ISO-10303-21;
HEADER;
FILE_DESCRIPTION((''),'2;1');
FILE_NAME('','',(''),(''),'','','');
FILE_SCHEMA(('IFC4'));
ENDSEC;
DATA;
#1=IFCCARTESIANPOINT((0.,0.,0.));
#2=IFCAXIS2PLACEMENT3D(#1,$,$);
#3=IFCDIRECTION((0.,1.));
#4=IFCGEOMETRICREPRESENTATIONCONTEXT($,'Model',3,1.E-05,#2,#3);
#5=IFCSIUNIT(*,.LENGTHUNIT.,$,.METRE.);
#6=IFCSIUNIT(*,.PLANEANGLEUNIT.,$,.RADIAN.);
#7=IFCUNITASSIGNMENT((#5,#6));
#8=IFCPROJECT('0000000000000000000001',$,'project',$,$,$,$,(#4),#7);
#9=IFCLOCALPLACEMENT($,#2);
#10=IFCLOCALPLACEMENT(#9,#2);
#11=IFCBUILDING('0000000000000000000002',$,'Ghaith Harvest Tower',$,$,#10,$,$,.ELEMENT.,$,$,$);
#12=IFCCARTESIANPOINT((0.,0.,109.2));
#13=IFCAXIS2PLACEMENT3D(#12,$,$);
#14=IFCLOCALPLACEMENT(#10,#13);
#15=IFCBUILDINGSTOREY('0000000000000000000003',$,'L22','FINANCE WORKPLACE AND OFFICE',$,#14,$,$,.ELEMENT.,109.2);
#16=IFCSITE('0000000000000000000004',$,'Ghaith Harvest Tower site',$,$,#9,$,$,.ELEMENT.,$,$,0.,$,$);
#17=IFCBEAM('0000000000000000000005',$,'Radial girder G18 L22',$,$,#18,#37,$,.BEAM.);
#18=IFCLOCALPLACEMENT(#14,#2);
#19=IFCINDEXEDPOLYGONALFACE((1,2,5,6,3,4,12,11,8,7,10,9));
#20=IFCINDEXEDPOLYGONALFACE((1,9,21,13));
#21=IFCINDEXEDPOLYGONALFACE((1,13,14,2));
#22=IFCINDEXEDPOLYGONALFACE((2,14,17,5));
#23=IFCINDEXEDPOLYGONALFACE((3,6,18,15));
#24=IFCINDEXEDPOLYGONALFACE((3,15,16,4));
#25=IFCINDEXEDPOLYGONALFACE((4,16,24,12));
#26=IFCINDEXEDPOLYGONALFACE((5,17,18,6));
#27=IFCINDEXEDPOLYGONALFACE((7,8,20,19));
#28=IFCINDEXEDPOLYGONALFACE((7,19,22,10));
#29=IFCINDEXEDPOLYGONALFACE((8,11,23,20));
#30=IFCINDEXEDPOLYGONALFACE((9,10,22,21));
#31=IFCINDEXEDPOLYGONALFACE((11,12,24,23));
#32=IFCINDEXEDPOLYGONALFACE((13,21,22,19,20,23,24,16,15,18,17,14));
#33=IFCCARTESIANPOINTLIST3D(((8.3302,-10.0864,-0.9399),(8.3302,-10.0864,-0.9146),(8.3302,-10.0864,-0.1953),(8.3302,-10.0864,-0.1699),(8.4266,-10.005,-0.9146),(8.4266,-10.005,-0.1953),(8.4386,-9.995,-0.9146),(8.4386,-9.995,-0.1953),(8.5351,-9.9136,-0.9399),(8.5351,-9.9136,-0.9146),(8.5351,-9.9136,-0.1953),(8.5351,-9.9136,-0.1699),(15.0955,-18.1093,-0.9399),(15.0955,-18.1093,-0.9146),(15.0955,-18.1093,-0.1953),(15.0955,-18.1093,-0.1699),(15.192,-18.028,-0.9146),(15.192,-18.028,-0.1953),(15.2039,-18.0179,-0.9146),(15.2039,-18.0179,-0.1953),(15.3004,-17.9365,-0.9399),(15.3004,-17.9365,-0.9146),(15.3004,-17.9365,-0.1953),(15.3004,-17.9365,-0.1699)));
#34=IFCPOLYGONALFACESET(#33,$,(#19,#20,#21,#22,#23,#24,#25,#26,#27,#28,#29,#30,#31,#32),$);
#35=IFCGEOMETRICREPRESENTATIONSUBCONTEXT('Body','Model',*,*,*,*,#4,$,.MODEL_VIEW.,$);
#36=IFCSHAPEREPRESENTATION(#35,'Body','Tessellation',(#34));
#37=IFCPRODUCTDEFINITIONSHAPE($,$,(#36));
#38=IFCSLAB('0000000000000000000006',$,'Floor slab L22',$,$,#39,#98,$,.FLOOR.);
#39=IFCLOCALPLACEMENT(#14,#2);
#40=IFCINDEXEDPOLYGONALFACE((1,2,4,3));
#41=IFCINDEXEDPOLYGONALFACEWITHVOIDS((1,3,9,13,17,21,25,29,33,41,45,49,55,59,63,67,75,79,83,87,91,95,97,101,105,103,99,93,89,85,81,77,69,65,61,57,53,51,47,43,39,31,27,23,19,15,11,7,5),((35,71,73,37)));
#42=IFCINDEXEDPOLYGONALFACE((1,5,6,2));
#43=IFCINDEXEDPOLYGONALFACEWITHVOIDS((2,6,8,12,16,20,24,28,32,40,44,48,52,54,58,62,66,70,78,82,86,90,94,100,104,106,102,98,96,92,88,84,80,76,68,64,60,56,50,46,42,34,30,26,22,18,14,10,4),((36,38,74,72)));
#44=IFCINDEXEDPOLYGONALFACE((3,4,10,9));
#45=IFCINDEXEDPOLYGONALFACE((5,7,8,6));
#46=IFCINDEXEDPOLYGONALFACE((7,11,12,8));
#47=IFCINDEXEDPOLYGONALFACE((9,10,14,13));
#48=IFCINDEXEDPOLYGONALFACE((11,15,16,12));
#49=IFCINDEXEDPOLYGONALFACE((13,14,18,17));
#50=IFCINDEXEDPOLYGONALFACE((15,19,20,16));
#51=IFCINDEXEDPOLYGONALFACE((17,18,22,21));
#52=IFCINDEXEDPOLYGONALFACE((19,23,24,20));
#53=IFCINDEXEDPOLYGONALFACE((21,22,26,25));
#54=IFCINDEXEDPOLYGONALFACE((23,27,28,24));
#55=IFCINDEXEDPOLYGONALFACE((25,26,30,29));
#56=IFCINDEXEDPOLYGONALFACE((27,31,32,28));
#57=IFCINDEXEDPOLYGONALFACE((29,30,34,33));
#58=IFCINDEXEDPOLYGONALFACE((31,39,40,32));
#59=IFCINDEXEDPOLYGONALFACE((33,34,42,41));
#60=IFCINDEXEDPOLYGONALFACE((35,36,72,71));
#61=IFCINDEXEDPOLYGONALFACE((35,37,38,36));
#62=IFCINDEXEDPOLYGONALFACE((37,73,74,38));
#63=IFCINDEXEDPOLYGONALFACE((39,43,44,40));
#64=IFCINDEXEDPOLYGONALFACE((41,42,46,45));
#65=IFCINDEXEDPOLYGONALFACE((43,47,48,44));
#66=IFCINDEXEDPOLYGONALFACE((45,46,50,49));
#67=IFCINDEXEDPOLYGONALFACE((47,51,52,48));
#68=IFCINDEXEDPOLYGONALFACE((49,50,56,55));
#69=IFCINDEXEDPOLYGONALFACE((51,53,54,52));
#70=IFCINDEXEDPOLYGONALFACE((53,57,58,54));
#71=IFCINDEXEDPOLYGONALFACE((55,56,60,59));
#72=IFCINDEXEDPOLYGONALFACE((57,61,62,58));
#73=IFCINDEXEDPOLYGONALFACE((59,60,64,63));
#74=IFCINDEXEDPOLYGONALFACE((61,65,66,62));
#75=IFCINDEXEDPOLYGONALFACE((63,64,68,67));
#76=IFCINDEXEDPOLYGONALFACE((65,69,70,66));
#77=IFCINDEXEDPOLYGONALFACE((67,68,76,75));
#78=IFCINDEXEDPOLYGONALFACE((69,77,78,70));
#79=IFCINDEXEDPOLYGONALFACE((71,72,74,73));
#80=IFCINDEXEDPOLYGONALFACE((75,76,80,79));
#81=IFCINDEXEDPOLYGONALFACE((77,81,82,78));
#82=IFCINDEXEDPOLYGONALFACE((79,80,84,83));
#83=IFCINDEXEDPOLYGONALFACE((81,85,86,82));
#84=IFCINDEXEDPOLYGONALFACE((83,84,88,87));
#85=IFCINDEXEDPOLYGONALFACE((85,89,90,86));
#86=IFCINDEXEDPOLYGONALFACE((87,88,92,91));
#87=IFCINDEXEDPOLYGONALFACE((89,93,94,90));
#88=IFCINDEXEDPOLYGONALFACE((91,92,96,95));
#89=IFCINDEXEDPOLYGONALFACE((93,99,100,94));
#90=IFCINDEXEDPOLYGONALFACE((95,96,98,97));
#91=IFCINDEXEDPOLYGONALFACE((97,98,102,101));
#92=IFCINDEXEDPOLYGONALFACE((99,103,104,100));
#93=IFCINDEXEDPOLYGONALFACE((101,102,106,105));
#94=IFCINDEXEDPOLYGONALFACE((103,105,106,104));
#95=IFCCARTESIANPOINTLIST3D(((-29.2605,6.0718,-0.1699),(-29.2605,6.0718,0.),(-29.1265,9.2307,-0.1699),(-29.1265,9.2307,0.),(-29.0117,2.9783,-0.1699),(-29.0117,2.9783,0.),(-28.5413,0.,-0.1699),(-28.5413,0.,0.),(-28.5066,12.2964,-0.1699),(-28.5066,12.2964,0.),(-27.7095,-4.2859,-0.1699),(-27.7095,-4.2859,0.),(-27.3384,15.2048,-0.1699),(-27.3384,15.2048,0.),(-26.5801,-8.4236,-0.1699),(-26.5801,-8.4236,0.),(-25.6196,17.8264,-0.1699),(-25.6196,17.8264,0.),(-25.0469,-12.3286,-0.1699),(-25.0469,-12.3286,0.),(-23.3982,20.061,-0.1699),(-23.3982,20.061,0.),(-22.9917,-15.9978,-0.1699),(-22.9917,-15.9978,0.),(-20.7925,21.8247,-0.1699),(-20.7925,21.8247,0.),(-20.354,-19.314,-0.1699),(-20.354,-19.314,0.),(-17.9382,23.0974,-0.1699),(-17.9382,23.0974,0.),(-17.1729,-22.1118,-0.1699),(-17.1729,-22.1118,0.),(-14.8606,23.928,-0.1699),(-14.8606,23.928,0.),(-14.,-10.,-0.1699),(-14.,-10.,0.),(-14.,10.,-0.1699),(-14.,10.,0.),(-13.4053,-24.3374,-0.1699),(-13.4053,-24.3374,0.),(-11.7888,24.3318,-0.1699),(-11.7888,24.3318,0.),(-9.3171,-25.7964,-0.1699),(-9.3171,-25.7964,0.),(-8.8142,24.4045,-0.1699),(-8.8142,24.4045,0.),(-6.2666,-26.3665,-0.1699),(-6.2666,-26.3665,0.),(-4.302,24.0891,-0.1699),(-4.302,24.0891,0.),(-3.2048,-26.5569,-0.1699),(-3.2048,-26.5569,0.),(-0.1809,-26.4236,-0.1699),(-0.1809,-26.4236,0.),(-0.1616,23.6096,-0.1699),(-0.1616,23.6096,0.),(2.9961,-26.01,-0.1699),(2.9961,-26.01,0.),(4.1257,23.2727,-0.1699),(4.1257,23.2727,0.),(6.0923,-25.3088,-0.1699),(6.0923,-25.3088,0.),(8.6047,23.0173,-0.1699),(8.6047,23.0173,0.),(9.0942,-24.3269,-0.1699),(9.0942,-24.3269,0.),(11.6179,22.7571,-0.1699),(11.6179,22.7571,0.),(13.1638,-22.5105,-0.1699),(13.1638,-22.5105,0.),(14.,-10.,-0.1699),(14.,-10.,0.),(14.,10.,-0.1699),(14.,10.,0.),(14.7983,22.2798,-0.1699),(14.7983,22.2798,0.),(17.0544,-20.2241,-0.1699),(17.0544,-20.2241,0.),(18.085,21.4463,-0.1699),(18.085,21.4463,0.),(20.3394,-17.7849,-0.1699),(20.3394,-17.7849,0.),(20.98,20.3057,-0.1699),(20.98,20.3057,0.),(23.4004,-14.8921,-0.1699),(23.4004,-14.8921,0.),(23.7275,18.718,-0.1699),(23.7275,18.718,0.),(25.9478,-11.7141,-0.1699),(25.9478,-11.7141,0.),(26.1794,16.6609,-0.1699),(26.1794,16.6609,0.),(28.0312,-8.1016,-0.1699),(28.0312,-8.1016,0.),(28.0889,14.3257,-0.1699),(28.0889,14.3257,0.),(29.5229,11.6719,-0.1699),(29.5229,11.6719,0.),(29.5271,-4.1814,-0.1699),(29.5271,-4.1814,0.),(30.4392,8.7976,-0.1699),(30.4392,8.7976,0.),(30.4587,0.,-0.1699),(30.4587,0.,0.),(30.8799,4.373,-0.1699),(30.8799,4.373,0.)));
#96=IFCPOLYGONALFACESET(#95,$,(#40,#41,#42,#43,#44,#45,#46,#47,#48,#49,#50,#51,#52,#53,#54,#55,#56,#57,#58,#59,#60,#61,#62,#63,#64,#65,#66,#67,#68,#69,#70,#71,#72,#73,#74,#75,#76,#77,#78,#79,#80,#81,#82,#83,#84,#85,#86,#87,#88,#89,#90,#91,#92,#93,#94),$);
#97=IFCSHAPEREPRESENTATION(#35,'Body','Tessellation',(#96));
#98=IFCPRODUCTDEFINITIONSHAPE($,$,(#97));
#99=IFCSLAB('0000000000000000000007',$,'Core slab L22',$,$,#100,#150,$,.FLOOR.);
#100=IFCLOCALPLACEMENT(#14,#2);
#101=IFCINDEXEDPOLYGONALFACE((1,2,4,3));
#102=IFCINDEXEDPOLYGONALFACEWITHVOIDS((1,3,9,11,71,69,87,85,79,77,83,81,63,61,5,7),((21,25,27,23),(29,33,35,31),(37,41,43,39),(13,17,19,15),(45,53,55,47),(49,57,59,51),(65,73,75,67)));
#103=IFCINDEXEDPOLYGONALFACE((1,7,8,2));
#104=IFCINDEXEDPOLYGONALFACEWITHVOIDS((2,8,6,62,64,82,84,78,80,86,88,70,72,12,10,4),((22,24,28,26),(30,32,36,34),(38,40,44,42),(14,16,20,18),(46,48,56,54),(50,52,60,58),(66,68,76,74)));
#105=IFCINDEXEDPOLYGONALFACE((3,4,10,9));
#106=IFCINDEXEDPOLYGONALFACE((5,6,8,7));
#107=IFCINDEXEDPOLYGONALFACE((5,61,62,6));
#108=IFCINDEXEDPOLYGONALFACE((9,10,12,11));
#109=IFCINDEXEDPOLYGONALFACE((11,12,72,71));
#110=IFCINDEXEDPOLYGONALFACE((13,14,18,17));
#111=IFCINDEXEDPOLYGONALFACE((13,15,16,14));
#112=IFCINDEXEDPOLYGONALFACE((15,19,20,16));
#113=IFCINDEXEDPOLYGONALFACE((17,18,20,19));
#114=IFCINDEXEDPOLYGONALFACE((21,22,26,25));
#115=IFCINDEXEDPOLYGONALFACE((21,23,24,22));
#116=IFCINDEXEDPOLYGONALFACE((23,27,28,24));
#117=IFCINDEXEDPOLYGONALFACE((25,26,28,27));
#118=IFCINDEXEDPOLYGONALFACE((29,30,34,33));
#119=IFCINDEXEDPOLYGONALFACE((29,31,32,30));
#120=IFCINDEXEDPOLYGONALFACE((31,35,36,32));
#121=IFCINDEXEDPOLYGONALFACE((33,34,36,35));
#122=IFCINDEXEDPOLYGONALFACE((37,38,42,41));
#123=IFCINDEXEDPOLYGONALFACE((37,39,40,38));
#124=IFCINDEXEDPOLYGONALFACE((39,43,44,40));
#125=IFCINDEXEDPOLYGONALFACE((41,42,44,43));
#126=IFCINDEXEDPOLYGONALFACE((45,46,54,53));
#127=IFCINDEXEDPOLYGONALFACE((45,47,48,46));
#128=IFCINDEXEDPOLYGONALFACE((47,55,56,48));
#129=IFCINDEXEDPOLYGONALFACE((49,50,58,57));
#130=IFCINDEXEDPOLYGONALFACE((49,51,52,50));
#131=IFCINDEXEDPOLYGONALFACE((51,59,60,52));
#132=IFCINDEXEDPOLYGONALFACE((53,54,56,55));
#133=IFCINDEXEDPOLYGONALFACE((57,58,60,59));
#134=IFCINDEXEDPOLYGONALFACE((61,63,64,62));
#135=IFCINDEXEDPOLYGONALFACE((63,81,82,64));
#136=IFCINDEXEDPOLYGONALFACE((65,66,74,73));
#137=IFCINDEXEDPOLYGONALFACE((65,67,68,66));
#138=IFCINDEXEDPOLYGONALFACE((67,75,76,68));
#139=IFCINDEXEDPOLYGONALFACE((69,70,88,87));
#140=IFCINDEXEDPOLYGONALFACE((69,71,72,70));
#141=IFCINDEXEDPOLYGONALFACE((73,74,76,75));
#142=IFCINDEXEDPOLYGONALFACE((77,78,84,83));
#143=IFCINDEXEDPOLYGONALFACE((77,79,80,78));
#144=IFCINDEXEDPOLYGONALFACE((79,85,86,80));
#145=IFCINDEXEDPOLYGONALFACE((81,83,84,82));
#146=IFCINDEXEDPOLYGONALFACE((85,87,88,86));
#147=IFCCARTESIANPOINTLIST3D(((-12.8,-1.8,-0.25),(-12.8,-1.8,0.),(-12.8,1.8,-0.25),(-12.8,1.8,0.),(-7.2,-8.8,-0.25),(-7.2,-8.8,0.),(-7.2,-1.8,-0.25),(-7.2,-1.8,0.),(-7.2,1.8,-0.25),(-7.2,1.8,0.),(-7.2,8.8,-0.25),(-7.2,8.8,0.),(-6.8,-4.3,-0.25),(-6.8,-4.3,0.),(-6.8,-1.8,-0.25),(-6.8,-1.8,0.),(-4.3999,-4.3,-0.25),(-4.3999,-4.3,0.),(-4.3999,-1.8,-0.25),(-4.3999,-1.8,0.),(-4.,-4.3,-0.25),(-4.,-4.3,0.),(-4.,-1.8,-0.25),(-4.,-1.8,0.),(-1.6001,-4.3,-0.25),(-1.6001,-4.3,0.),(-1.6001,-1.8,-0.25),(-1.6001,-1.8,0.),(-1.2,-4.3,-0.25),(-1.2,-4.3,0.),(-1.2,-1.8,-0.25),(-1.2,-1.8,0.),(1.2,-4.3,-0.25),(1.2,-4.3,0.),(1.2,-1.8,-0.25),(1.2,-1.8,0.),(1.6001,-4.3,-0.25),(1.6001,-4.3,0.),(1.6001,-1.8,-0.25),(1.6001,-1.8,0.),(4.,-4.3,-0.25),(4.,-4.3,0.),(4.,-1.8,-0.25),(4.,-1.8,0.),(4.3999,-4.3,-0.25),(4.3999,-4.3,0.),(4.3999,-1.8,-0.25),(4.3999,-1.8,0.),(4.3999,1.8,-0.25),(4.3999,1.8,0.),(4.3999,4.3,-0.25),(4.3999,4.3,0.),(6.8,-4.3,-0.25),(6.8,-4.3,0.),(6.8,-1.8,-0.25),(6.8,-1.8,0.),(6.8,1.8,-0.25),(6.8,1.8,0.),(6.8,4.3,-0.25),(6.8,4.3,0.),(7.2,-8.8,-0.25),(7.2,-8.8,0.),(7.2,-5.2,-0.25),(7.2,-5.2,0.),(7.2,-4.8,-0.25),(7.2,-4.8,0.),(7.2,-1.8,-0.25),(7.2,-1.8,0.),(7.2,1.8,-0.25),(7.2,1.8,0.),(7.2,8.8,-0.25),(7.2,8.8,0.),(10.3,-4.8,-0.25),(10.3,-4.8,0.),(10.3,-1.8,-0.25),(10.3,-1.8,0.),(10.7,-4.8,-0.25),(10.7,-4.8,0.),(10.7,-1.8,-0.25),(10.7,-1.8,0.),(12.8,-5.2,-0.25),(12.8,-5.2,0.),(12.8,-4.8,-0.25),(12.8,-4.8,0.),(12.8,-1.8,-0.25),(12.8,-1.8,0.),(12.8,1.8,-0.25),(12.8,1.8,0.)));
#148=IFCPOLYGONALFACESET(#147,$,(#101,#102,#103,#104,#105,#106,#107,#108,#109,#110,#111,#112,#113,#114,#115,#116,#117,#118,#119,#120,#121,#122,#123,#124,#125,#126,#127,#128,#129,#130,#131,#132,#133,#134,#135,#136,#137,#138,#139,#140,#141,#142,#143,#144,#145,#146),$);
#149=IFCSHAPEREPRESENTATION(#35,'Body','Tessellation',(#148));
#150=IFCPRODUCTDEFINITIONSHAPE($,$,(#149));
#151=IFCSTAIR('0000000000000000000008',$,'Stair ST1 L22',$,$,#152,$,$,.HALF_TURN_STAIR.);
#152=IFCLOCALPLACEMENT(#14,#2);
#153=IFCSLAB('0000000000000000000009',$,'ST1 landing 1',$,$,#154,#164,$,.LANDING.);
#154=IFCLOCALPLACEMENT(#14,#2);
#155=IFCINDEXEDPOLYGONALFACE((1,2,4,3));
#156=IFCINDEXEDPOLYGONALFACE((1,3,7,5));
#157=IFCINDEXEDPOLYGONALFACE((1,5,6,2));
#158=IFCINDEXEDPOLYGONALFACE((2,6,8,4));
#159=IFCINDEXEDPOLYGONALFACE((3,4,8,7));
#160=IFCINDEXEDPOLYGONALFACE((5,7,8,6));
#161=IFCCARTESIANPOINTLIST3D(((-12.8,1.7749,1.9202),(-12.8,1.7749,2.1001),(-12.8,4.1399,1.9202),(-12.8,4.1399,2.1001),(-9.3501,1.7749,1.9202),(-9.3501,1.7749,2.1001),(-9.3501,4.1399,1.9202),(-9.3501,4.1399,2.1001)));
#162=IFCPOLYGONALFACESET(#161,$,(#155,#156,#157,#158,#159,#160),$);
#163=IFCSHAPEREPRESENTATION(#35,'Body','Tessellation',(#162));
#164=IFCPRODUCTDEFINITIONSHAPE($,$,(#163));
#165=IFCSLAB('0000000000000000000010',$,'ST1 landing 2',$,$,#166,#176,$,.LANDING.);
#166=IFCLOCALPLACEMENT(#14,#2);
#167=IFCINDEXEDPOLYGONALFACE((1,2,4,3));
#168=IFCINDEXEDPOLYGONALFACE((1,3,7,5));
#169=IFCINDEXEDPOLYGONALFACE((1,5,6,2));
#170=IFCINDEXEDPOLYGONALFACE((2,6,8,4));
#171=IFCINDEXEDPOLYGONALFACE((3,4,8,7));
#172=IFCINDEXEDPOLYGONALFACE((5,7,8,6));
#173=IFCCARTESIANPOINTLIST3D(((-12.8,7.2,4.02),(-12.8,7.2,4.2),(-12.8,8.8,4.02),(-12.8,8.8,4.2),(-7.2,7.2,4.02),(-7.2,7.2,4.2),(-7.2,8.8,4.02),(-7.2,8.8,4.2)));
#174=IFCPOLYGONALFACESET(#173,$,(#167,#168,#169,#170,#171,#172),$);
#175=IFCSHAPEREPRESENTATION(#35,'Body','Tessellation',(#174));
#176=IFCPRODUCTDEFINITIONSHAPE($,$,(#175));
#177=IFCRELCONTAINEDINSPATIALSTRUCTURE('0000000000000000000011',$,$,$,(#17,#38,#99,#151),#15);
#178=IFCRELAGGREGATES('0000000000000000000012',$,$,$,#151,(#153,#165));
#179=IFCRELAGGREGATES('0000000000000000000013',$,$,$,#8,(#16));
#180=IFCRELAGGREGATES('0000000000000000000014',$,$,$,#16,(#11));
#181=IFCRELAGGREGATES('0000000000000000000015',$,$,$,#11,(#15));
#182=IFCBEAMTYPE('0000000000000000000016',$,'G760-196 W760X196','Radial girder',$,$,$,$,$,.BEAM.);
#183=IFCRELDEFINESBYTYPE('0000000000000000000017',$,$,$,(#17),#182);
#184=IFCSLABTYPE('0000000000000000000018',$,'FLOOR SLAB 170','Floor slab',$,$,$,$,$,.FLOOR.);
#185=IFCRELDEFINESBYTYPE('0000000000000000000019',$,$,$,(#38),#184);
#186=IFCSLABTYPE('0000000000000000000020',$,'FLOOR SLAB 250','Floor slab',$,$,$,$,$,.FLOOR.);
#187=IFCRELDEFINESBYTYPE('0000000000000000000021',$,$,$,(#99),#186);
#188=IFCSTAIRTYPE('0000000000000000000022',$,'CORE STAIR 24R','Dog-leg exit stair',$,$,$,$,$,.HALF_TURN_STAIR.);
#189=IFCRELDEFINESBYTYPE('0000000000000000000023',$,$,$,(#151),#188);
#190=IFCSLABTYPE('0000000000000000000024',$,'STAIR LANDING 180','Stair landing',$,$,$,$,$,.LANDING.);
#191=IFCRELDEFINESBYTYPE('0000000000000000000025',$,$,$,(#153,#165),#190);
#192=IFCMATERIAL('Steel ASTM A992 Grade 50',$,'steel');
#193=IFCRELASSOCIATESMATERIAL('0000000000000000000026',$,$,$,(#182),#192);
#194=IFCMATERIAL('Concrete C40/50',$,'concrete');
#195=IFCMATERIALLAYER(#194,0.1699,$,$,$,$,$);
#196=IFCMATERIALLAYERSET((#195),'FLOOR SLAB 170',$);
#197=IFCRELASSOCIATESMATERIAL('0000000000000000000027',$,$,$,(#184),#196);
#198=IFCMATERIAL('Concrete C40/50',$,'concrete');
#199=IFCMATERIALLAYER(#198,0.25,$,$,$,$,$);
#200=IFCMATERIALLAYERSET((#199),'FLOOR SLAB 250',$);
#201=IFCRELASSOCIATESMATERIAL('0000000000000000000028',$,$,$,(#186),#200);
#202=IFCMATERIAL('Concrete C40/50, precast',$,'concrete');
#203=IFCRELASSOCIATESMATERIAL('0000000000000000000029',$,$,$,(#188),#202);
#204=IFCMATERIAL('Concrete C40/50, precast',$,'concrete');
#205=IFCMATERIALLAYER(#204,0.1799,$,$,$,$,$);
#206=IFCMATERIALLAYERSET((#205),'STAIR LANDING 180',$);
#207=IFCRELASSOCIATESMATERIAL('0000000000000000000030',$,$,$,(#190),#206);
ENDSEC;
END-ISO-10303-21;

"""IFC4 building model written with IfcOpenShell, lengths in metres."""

from ifc_helpers import new_model, si_unit, direction, frame, origin, origin_2d, place, context, subcontext, project, spatial, polyline, i_section, outline, extrude, material, layer, layer_set, material_profile, profile_set, type_object, element, aggregate, save


model = new_model("IFC4")

# Units and contexts
model_context = context("Model", 3, precision=1e-05, world=origin(), true_north=direction((0.0, 1.0)))
body_context = subcontext(model_context, "Body", "Model", "MODEL_VIEW")
ifc_project = project(units=[si_unit("LENGTHUNIT", "METRE"), si_unit("PLANEANGLEUNIT", "RADIAN")], contexts=[model_context])

# Site, building, storey
site_placement = place(None, origin())
site = spatial("IfcSite", under=ifc_project, at=site_placement, Name="Ghaith Harvest Tower site", CompositionType="ELEMENT", RefElevation=0.0)
building_placement = place(site_placement, origin())
building = spatial("IfcBuilding", under=site, at=building_placement, Name="Ghaith Harvest Tower", CompositionType="ELEMENT")
storey_placement = place(building_placement, frame((0.0, 0.0, 109.2)))
storey = spatial("IfcBuildingStorey", under=building, at=storey_placement, Name="L22", Description="FINANCE WORKPLACE AND OFFICE", CompositionType="ELEMENT", Elevation=109.2)

# Beam
ifc_material_1 = material(Name="Steel ASTM A992 Grade 50", Category="steel")
ifc_material_profile = material_profile(ifc_material_1, i_section(OverallWidth=0.2681, OverallDepth=0.77, WebThickness=0.0156, FlangeThickness=0.0254, at=origin_2d()), Name="W760X196")
ifc_profile_set = profile_set([ifc_material_profile], Name="Steel ASTM A992 Grade 50")
beam_type = type_object("IfcBeamType", Name="G760-196 W760X196", Description="Radial girder", PredefinedType="BEAM", material=ifc_profile_set)
beam_placement = place(storey_placement, frame((8.4326, -10.0, -0.5549), z_axis=(0.644649, -0.764478, 0.0), x_axis=(0.764478, 0.644649, 0.0)))
element("IfcBeam", 1, at=beam_placement, inside=storey, type_object=beam_type, Name="Radial girder G18 L22", PredefinedType="BEAM", context=body_context, shape_type="SweptSolid", body=[
    extrude(i_section(OverallWidth=0.2681, OverallDepth=0.77, WebThickness=0.0156, FlangeThickness=0.0254, at=origin_2d()), origin(), (0.0, 0.0, 1.0), 10.4946),
])

# Slabs
ifc_material_2 = material(Name="Concrete C40/50", Category="concrete")
ifc_layer_1 = layer(ifc_material_2, 0.1699)
ifc_layer_set_1 = layer_set([ifc_layer_1], Name="FLOOR SLAB 170")
slab_type_1 = type_object("IfcSlabType", Name="FLOOR SLAB 170", Description="Floor slab", PredefinedType="FLOOR", material=ifc_layer_set_1)
slab_1_placement = place(storey_placement, frame((0.0, 0.0, -0.1699)))
element("IfcSlab", 2, at=slab_1_placement, inside=storey, type_object=slab_type_1, Name="Floor slab L22", PredefinedType="FLOOR", context=body_context, shape_type="SweptSolid", body=[
    extrude(outline(polyline([(30.4587, 0.0), (30.8799, 4.373), (30.4392, 8.7976), (29.5229, 11.6719), (28.0889, 14.3257), (26.1794, 16.6609), (23.7275, 18.718), (20.98, 20.3057), (18.085, 21.4463), (14.7983, 22.2798), (11.6179, 22.7571), (8.6047, 23.0173), (4.1257, 23.2727), (-0.1616, 23.6096), (-4.302, 24.0891), (-8.8142, 24.4045), (-11.7888, 24.3318), (-14.8606, 23.928), (-17.9382, 23.0974), (-20.7925, 21.8247), (-23.3982, 20.061), (-25.6196, 17.8264), (-27.3384, 15.2048), (-28.5066, 12.2964), (-29.1265, 9.2307), (-29.2605, 6.0718), (-29.0117, 2.9783), (-28.5413, 0.0), (-27.7095, -4.2859), (-26.5801, -8.4236), (-25.0469, -12.3286), (-22.9917, -15.9978), (-20.354, -19.314), (-17.1729, -22.1118), (-13.4053, -24.3374), (-9.3171, -25.7964), (-6.2666, -26.3665), (-3.2048, -26.5569), (-0.1809, -26.4236), (2.9961, -26.01), (6.0923, -25.3088), (9.0942, -24.3269), (13.1638, -22.5105), (17.0544, -20.2241), (20.3394, -17.7849), (23.4004, -14.8921), (25.9478, -11.7141), (28.0312, -8.1016), (29.5271, -4.1814), (30.4587, 0.0)]), holes=[polyline([(-14.0, -10.0), (14.0, -10.0), (14.0, 10.0), (-14.0, 10.0), (-14.0, -10.0)])]), origin(), (0.0, 0.0, 1.0), 0.1699),
])
ifc_material_3 = material(Name="Concrete C40/50", Category="concrete")
ifc_layer_2 = layer(ifc_material_3, 0.25)
ifc_layer_set_2 = layer_set([ifc_layer_2], Name="FLOOR SLAB 250")
slab_type_2 = type_object("IfcSlabType", Name="FLOOR SLAB 250", Description="Floor slab", PredefinedType="FLOOR", material=ifc_layer_set_2)
slab_2_placement = place(storey_placement, frame((0.0, 0.0, -0.25)))
element("IfcSlab", 3, at=slab_2_placement, inside=storey, type_object=slab_type_2, Name="Core slab L22", PredefinedType="FLOOR", context=body_context, shape_type="SweptSolid", body=[
    extrude(outline(polyline([(-12.8, 1.8), (-7.2, 1.8), (-7.2, 8.8), (7.2, 8.8), (7.2, 1.8), (12.8, 1.8), (12.8, -1.8), (10.7, -1.8), (10.7, -4.8), (12.8, -4.8), (12.8, -5.2), (7.2, -5.2), (7.2, -8.8), (-7.2, -8.8), (-7.2, -1.8), (-12.8, -1.8), (-12.8, 1.8)]), holes=[polyline([(-4.3999, -4.3), (-4.3999, -1.8), (-6.8, -1.8), (-6.8, -4.3), (-4.3999, -4.3)]), polyline([(-1.6001, -4.3), (-1.6001, -1.8), (-4.0, -1.8), (-4.0, -4.3), (-1.6001, -4.3)]), polyline([(1.2, -1.8), (-1.2, -1.8), (-1.2, -4.3), (1.2, -4.3), (1.2, -1.8)]), polyline([(4.0, -4.3), (4.0, -1.8), (1.6001, -1.8), (1.6001, -4.3), (4.0, -4.3)]), polyline([(10.3, -4.8), (10.3, -1.8), (7.2, -1.8), (7.2, -4.8), (10.3, -4.8)]), polyline([(6.8, -1.8), (4.3999, -1.8), (4.3999, -4.3), (6.8, -4.3), (6.8, -1.8)]), polyline([(6.8, 1.8), (6.8, 4.3), (4.3999, 4.3), (4.3999, 1.8), (6.8, 1.8)])]), origin(), (0.0, 0.0, 1.0), 0.25),
])

# Stair, slabs
ifc_material_4 = material(Name="Concrete C40/50, precast", Category="concrete")
stair_type = type_object("IfcStairType", Name="CORE STAIR 24R", Description="Dog-leg exit stair", PredefinedType="HALF_TURN_STAIR", material=ifc_material_4)
stair_1_placement = place(storey_placement, origin())
stair_1 = element("IfcStair", 4, at=stair_1_placement, inside=storey, type_object=stair_type, Name="Stair ST1 L22", PredefinedType="HALF_TURN_STAIR")
ifc_material_5 = material(Name="Concrete C40/50, precast", Category="concrete")
ifc_layer_3 = layer(ifc_material_5, 0.1799)
ifc_layer_set_3 = layer_set([ifc_layer_3], Name="STAIR LANDING 180")
slab_type_3 = type_object("IfcSlabType", Name="STAIR LANDING 180", Description="Stair landing", PredefinedType="LANDING", material=ifc_layer_set_3)
slab_3_placement = place(storey_placement, frame((0.0, 0.0, 1.9202)))
slab_3 = element("IfcSlab", 5, at=slab_3_placement, type_object=slab_type_3, Name="ST1 landing 1", PredefinedType="LANDING", context=body_context, shape_type="SweptSolid", body=[
    extrude(outline(polyline([(-12.8, 4.1399), (-12.8, 1.7749), (-9.3501, 1.7749), (-9.3501, 4.1399), (-12.8, 4.1399)])), origin(), (0.0, 0.0, 1.0), 0.1799),
])
slab_4_placement = place(storey_placement, frame((0.0, 0.0, 4.02)))
slab_4 = element("IfcSlab", 6, at=slab_4_placement, type_object=slab_type_3, Name="ST1 landing 2", PredefinedType="LANDING", context=body_context, shape_type="SweptSolid", body=[
    extrude(outline(polyline([(-12.8, 8.8), (-12.8, 7.2), (-7.2, 7.2), (-7.2, 8.8), (-12.8, 8.8)])), origin(), (0.0, 0.0, 1.0), 0.1799),
])
aggregate(stair_1, [slab_3, slab_4])

save(model, "model.ifc")
